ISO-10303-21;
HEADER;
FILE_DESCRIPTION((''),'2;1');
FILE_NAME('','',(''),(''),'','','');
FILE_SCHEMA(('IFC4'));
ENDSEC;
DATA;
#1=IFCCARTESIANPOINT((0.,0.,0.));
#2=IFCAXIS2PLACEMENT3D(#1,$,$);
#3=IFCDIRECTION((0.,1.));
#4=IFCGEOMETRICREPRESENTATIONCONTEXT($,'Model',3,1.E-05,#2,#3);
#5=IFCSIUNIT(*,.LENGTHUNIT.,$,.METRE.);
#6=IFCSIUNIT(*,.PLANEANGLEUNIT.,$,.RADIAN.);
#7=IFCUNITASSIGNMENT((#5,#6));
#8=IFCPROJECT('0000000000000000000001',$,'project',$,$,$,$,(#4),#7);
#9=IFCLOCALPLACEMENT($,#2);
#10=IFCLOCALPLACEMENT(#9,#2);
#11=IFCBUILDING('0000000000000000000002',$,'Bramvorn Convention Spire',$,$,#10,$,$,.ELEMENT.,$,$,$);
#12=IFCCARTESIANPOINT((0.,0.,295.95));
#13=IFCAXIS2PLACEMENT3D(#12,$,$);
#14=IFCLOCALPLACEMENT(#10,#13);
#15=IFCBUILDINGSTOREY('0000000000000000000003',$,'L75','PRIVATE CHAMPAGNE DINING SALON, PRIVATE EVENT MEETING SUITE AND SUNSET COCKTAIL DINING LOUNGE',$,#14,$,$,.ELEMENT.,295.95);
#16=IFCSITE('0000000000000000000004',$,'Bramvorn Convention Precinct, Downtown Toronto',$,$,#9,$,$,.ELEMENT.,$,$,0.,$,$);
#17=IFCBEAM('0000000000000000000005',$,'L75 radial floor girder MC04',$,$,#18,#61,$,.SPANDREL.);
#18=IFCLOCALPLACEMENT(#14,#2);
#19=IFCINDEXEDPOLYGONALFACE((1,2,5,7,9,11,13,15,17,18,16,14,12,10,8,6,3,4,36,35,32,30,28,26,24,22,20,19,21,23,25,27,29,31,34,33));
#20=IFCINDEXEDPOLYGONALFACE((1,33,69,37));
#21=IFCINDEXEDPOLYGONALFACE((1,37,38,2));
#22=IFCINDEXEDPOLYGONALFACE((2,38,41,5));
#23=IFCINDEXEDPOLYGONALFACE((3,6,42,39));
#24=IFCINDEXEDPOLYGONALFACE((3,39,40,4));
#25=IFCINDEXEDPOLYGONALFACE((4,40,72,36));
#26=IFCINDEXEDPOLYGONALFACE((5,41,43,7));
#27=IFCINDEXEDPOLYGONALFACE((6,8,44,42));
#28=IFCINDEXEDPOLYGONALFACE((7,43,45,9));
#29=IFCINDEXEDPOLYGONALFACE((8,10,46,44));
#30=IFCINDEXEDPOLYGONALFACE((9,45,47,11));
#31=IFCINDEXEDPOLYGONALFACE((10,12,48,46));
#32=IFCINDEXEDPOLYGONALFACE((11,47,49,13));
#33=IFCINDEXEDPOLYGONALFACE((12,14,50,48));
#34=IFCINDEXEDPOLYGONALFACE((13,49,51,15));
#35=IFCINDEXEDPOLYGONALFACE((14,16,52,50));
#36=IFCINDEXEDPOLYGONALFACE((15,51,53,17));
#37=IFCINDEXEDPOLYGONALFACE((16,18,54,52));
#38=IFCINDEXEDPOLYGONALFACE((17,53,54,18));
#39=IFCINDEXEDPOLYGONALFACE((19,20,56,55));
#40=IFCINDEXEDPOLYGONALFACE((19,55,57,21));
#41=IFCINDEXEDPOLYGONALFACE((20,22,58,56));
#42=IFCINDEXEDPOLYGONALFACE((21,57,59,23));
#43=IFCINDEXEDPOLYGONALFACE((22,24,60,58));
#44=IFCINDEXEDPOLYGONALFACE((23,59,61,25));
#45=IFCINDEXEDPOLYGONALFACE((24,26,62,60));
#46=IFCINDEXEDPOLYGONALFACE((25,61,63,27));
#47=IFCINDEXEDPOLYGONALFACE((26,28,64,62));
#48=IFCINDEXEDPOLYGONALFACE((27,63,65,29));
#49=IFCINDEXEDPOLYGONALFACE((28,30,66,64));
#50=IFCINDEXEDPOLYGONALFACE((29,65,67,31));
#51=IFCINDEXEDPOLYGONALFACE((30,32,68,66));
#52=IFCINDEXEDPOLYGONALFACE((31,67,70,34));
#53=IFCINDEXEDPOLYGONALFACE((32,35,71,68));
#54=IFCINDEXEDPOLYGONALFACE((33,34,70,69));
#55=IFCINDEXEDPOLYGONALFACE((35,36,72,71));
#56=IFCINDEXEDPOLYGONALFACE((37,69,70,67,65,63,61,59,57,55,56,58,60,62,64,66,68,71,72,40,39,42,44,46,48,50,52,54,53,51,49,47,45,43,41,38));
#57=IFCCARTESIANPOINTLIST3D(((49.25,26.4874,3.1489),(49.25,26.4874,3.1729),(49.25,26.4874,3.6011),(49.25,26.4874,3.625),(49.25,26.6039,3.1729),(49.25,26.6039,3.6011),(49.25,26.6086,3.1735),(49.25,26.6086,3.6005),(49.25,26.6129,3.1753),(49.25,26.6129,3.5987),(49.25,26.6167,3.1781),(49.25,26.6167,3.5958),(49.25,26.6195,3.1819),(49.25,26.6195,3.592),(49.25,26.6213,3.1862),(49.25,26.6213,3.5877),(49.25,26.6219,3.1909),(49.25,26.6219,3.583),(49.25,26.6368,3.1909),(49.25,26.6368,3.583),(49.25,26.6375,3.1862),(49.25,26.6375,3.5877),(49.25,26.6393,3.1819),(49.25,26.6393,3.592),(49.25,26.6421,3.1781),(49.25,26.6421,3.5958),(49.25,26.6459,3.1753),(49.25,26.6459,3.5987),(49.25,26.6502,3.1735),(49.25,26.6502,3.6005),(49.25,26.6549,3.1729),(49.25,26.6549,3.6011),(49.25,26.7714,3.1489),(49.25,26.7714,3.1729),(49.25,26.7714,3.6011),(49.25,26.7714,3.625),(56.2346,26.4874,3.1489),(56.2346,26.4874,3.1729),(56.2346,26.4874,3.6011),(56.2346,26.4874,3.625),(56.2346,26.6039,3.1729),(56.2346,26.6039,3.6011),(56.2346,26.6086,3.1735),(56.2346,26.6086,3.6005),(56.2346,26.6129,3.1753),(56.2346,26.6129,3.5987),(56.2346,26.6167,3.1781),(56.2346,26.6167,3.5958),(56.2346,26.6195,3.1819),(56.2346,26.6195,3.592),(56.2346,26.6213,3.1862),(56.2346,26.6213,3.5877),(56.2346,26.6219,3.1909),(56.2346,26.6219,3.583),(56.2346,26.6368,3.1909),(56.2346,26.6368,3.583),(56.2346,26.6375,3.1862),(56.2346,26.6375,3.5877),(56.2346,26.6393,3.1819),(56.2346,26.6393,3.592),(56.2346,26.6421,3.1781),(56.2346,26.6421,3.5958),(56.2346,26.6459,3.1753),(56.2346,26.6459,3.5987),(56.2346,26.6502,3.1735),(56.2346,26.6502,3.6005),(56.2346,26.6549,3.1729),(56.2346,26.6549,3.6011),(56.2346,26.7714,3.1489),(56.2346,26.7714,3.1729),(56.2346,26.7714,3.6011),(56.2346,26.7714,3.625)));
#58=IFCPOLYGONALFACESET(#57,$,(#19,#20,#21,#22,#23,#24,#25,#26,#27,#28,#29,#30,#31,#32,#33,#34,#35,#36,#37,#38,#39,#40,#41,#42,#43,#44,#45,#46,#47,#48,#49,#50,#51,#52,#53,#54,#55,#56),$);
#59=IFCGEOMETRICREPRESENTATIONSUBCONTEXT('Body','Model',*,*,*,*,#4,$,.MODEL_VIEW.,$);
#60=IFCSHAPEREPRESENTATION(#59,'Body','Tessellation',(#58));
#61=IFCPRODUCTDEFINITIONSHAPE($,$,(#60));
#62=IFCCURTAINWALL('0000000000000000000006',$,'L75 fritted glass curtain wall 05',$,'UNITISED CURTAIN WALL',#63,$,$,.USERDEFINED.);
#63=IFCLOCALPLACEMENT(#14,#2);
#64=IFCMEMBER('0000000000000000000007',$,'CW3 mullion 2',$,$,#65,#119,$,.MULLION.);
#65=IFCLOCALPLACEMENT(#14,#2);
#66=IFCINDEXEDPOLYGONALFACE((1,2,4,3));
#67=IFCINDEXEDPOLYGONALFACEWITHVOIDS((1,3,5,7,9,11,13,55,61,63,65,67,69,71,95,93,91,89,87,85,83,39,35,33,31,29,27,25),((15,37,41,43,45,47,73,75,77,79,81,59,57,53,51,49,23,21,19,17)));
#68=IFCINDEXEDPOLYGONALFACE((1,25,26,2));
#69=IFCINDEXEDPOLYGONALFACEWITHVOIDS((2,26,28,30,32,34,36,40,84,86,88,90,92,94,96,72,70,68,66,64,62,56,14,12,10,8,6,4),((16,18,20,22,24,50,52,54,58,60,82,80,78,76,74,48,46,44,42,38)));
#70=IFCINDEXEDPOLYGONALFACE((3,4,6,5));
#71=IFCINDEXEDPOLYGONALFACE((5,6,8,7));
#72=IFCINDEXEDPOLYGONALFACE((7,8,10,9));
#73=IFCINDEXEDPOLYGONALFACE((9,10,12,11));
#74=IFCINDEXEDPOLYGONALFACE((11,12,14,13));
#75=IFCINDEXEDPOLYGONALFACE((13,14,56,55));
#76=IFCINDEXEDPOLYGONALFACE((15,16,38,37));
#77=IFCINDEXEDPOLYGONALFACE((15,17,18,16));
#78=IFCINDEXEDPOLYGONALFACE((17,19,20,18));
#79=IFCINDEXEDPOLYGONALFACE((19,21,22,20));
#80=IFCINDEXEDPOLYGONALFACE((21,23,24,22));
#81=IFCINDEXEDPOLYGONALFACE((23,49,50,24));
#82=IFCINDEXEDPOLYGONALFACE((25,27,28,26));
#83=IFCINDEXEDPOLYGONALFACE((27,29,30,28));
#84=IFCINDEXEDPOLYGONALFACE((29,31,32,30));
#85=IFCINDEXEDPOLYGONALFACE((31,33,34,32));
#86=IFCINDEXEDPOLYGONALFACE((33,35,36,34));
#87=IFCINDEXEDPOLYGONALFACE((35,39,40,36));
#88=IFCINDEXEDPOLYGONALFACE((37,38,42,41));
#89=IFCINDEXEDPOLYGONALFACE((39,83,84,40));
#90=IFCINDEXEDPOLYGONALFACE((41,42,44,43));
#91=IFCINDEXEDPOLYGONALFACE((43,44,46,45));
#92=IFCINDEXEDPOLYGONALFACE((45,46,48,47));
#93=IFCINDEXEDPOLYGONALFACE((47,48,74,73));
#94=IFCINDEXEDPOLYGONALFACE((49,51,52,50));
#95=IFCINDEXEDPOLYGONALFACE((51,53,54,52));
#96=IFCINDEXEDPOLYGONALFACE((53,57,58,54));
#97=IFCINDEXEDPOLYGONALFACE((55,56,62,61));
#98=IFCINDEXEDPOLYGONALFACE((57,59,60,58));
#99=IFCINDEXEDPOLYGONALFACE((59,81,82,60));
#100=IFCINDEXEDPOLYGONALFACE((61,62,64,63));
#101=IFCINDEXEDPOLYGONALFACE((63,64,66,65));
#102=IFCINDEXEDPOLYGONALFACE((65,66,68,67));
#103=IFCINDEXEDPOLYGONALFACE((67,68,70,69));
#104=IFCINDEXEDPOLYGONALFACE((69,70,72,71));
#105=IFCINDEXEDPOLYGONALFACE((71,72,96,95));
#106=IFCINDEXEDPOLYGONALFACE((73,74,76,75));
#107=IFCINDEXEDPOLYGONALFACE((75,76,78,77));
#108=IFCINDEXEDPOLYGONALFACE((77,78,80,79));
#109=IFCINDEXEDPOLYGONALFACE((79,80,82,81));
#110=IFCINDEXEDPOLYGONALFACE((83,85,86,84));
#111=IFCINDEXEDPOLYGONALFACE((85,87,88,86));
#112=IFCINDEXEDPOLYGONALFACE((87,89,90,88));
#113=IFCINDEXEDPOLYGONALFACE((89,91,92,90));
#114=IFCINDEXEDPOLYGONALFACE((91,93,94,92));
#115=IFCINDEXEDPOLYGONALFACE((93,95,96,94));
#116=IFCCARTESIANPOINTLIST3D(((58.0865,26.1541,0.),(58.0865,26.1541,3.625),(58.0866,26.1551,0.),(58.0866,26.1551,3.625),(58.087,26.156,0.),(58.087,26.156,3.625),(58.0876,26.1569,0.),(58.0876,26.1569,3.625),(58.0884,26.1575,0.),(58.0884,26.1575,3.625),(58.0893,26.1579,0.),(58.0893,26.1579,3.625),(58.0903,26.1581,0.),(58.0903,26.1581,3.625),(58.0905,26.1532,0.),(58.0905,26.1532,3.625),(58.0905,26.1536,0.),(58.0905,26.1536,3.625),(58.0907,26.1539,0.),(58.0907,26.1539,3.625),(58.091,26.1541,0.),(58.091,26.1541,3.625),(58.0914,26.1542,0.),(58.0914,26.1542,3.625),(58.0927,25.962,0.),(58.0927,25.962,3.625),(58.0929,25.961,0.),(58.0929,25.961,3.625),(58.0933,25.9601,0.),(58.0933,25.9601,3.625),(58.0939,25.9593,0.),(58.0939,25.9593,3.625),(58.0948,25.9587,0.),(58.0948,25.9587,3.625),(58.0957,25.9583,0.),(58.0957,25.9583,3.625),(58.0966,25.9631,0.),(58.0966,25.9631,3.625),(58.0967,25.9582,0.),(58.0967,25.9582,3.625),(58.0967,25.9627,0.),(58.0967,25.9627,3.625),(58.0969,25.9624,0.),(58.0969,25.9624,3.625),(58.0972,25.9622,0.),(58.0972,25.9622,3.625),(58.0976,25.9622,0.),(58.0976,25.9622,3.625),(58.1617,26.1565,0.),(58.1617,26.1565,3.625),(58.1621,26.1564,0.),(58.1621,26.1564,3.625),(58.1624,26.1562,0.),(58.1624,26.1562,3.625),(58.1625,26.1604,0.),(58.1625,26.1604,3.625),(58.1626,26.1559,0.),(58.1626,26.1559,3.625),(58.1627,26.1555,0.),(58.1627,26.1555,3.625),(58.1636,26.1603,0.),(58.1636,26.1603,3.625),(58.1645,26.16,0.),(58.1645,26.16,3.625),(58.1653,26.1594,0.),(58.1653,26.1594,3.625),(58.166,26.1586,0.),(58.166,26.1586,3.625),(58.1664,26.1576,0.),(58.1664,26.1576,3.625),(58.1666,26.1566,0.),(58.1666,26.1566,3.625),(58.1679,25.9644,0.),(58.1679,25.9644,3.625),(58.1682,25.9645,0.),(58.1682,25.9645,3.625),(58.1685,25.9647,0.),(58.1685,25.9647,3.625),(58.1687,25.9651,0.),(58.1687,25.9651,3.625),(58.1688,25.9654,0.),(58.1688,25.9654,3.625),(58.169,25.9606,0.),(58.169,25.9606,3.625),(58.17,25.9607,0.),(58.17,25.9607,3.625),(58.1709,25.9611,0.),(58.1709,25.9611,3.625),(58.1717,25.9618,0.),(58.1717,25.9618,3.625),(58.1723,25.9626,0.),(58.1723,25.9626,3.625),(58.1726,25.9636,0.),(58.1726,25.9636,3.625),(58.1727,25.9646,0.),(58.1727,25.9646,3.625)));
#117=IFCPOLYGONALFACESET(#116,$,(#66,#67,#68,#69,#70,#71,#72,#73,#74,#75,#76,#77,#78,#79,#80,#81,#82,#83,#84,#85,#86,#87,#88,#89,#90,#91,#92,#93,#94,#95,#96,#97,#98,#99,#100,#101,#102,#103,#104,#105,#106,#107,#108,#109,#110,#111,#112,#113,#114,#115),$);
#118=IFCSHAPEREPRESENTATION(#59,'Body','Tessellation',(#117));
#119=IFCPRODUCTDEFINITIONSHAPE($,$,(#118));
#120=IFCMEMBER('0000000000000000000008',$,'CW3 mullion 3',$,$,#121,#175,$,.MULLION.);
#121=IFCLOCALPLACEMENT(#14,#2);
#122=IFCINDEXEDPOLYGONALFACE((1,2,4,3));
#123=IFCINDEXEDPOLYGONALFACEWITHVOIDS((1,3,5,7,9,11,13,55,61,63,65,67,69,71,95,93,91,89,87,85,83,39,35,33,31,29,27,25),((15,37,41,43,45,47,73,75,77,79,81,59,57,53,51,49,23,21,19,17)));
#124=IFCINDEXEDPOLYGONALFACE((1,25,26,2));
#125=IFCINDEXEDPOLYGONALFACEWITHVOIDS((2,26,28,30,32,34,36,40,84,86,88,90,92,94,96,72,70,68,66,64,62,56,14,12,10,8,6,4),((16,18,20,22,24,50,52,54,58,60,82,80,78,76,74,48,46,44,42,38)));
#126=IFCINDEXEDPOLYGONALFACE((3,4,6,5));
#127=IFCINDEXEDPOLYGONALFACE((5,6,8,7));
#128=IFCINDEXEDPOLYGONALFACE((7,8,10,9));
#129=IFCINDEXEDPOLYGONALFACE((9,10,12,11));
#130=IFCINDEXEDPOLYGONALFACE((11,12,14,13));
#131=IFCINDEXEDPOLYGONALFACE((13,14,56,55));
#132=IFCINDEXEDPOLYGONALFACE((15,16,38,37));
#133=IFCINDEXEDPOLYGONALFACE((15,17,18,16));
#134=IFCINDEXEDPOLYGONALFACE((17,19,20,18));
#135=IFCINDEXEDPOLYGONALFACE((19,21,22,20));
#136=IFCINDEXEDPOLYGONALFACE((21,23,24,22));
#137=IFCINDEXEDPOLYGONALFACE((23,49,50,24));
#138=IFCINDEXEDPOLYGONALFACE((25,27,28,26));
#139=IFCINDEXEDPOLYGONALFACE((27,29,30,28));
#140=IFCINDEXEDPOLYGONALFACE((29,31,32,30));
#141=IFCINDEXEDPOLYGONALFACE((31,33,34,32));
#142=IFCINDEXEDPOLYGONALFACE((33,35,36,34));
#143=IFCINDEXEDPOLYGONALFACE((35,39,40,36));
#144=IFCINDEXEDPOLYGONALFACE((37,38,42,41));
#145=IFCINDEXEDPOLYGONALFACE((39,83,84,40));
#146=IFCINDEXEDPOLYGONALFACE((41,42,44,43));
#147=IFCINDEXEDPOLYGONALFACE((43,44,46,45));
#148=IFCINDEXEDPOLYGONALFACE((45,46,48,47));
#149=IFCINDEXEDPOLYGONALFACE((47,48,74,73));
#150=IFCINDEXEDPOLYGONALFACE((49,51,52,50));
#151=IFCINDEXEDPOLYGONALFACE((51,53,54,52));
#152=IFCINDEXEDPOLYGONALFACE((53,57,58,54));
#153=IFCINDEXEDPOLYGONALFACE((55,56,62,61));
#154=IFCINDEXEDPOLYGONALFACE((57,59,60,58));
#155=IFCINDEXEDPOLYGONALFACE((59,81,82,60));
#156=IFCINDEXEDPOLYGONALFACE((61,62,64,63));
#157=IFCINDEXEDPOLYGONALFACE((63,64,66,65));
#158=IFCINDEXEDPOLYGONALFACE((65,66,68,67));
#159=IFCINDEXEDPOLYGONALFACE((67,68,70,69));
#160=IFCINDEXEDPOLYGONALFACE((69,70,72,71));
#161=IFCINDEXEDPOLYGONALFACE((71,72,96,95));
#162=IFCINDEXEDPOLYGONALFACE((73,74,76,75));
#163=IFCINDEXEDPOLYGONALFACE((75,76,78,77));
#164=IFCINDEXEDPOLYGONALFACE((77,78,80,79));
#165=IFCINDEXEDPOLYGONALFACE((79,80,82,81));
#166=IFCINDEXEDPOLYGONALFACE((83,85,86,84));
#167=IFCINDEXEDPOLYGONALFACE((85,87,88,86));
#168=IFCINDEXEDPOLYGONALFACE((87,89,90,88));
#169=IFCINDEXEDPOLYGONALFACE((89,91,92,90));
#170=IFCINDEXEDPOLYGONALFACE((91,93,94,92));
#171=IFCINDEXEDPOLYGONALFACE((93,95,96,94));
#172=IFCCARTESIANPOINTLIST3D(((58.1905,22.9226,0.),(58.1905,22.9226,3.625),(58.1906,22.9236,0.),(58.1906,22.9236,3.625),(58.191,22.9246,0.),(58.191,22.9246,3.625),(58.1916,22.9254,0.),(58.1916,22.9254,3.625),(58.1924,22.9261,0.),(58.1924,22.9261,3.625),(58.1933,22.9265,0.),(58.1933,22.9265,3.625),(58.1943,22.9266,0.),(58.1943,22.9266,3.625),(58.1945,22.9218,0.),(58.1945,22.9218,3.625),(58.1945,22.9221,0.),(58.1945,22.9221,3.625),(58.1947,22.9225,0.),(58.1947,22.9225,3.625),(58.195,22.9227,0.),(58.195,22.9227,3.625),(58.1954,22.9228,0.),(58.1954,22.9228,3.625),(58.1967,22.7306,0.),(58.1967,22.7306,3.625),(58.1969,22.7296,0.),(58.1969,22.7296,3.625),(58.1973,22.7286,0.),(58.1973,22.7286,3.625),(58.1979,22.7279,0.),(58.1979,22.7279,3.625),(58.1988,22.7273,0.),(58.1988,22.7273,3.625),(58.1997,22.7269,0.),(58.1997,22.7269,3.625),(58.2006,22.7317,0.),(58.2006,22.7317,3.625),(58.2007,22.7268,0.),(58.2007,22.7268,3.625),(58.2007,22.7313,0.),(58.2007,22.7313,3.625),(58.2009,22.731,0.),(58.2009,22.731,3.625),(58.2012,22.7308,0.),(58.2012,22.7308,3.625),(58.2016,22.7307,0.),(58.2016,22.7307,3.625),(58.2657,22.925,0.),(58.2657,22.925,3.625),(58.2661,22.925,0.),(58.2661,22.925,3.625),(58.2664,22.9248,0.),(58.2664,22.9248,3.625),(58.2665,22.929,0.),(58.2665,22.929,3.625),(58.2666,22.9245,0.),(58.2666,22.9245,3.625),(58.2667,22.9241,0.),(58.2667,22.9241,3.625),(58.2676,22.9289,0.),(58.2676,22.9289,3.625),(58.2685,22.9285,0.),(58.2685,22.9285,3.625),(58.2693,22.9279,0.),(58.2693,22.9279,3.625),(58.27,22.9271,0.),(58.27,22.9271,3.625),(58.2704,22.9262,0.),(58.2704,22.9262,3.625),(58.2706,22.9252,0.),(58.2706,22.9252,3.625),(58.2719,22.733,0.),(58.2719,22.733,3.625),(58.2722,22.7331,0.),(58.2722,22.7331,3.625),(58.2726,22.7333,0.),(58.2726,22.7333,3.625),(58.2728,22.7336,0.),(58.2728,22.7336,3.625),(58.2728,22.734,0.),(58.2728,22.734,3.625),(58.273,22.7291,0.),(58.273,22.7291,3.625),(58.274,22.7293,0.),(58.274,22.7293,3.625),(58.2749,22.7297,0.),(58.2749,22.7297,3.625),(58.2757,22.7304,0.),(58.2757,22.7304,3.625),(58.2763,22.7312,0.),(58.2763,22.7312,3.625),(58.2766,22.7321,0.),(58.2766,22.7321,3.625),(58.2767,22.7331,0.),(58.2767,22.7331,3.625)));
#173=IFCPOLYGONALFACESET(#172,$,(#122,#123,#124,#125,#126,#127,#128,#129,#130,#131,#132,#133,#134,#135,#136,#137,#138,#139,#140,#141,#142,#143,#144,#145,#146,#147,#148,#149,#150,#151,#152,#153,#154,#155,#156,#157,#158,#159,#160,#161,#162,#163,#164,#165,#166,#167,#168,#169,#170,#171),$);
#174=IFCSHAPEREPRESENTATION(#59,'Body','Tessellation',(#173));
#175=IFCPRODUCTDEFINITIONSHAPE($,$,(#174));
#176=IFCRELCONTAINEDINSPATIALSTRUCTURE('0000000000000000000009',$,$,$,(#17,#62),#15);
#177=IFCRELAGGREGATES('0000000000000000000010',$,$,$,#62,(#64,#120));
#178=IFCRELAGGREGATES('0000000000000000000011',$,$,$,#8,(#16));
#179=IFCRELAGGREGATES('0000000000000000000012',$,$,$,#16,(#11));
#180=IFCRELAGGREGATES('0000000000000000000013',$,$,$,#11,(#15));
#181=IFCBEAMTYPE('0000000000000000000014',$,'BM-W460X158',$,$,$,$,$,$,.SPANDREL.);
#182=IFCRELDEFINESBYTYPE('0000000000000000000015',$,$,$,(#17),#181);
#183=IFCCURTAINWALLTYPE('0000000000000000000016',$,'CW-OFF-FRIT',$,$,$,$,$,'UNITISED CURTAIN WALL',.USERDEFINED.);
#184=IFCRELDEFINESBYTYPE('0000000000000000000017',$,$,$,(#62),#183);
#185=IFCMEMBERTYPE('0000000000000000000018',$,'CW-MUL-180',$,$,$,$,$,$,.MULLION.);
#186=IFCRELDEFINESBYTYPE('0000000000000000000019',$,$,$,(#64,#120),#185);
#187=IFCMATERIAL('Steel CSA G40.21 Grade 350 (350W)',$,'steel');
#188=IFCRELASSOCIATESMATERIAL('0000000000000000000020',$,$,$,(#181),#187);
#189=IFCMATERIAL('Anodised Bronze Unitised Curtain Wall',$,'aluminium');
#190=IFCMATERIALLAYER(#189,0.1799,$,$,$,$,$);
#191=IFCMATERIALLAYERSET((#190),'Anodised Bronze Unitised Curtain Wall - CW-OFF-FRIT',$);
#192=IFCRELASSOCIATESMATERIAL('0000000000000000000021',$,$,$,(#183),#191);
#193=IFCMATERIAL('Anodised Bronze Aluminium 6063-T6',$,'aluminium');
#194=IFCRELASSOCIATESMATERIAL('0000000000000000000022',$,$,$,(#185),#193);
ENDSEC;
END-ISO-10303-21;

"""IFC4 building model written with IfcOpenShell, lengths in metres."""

from ifc_helpers import new_model, si_unit, direction, frame, origin, origin_2d, place, context, subcontext, project, spatial, hollow_rectangle, i_section, extrude, material, layer, layer_set, material_profile, profile_set, type_object, element, aggregate, save


model = new_model("IFC4")

# Units and contexts
model_context = context("Model", 3, precision=1e-05, world=origin(), true_north=direction((0.0, 1.0)))
body_context = subcontext(model_context, "Body", "Model", "MODEL_VIEW")
ifc_project = project(units=[si_unit("LENGTHUNIT", "METRE"), si_unit("PLANEANGLEUNIT", "RADIAN")], contexts=[model_context])

# Site, building, storey
site_placement = place(None, origin())
site = spatial("IfcSite", under=ifc_project, at=site_placement, Name="Bramvorn Convention Precinct, Downtown Toronto", CompositionType="ELEMENT", RefElevation=0.0)
building_placement = place(site_placement, origin())
building = spatial("IfcBuilding", under=site, at=building_placement, Name="Bramvorn Convention Spire", CompositionType="ELEMENT")
storey_placement = place(building_placement, frame((0.0, 0.0, 295.95)))
storey = spatial("IfcBuildingStorey", under=building, at=storey_placement, Name="L75", Description="PRIVATE CHAMPAGNE DINING SALON, PRIVATE EVENT MEETING SUITE AND SUNSET COCKTAIL DINING LOUNGE", CompositionType="ELEMENT", Elevation=295.95)

# Shared definitions
ifc_material_1 = material(Name="Steel CSA G40.21 Grade 350 (350W)", Category="steel")

# Beam
ifc_material_profile_1 = material_profile(ifc_material_1, i_section(OverallWidth=0.2839, OverallDepth=0.4761, WebThickness=0.0149, FlangeThickness=0.0239, FilletRadius=0.0181, at=origin_2d()))
ifc_profile_set_1 = profile_set([ifc_material_profile_1], Name="Steel CSA G40.21 Grade 350 (350W) - W460X158")
beam_type_1 = type_object("IfcBeamType", Name="BM-W460X158", PredefinedType="SPANDREL", material=ifc_profile_set_1)
beam_1_placement = place(storey_placement, frame((49.25, 26.6294, 3.387), z_axis=(1.0, 0.0, 0.0), x_axis=(0.0, 1.0, 0.0)))
element("IfcBeam", 1, at=beam_1_placement, inside=storey, type_object=beam_type_1, Name="L75 radial floor girder MC04", PredefinedType="SPANDREL", context=body_context, shape_type="SweptSolid", body=[
    extrude(i_section(OverallWidth=0.2839, OverallDepth=0.4761, WebThickness=0.0149, FlangeThickness=0.0239, FilletRadius=0.0181, at=origin_2d()), origin(), (0.0, 0.0, 1.0), 6.9846),
])

# Curtain wall, members
ifc_material_2 = material(Name="Anodised Bronze Unitised Curtain Wall", Category="aluminium")
ifc_layer_1 = layer(ifc_material_2, 0.1799)
ifc_layer_set_1 = layer_set([ifc_layer_1], Name="Anodised Bronze Unitised Curtain Wall - CW-OFF-FRIT")
curtain_wall_type_1 = type_object("IfcCurtainWallType", Name="CW-OFF-FRIT", ElementType="UNITISED CURTAIN WALL", PredefinedType="USERDEFINED", material=ifc_layer_set_1)
curtain_wall_1_placement = place(storey_placement, origin())
curtain_wall_1 = element("IfcCurtainWall", 2, at=curtain_wall_1_placement, inside=storey, type_object=curtain_wall_type_1, Name="L75 fritted glass curtain wall 05", ObjectType="UNITISED CURTAIN WALL", PredefinedType="USERDEFINED")
ifc_material_3 = material(Name="Anodised Bronze Aluminium 6063-T6", Category="aluminium")
ifc_material_profile_2 = material_profile(ifc_material_3, hollow_rectangle(XDim=0.0801, YDim=0.2, WallThickness=0.0039, InnerFilletRadius=0.001, OuterFilletRadius=0.0039, at=origin_2d()))
ifc_profile_set_2 = profile_set([ifc_material_profile_2], Name="Anodised Bronze Aluminium 6063-T6 - CWM80X200")
member_type_1 = type_object("IfcMemberType", Name="CW-MUL-180", PredefinedType="MULLION", material=ifc_profile_set_2)
member_1_placement = place(storey_placement, frame((58.1296, 26.0593, 0.0), z_axis=(0.0, 0.0, 1.0), x_axis=(0.999483, 0.032147, 0.0)))
member_1 = element("IfcMember", 3, at=member_1_placement, type_object=member_type_1, Name="CW3 mullion 2", PredefinedType="MULLION", context=body_context, shape_type="SweptSolid", body=[
    extrude(hollow_rectangle(XDim=0.0801, YDim=0.2, WallThickness=0.0039, InnerFilletRadius=0.001, OuterFilletRadius=0.0039, at=origin_2d()), origin(), (0.0, 0.0, 1.0), 3.625),
])
member_2_placement = place(storey_placement, frame((58.2336, 22.8279, 0.0), z_axis=(0.0, 0.0, 1.0), x_axis=(0.999483, 0.032147, 0.0)))
member_2 = element("IfcMember", 4, at=member_2_placement, type_object=member_type_1, Name="CW3 mullion 3", PredefinedType="MULLION", context=body_context, shape_type="SweptSolid", body=[
    extrude(hollow_rectangle(XDim=0.0801, YDim=0.2, WallThickness=0.0039, InnerFilletRadius=0.001, OuterFilletRadius=0.0039, at=origin_2d()), origin(), (0.0, 0.0, 1.0), 3.625),
])

aggregate(curtain_wall_1, [member_1, member_2])

save(model, "model.ifc")
